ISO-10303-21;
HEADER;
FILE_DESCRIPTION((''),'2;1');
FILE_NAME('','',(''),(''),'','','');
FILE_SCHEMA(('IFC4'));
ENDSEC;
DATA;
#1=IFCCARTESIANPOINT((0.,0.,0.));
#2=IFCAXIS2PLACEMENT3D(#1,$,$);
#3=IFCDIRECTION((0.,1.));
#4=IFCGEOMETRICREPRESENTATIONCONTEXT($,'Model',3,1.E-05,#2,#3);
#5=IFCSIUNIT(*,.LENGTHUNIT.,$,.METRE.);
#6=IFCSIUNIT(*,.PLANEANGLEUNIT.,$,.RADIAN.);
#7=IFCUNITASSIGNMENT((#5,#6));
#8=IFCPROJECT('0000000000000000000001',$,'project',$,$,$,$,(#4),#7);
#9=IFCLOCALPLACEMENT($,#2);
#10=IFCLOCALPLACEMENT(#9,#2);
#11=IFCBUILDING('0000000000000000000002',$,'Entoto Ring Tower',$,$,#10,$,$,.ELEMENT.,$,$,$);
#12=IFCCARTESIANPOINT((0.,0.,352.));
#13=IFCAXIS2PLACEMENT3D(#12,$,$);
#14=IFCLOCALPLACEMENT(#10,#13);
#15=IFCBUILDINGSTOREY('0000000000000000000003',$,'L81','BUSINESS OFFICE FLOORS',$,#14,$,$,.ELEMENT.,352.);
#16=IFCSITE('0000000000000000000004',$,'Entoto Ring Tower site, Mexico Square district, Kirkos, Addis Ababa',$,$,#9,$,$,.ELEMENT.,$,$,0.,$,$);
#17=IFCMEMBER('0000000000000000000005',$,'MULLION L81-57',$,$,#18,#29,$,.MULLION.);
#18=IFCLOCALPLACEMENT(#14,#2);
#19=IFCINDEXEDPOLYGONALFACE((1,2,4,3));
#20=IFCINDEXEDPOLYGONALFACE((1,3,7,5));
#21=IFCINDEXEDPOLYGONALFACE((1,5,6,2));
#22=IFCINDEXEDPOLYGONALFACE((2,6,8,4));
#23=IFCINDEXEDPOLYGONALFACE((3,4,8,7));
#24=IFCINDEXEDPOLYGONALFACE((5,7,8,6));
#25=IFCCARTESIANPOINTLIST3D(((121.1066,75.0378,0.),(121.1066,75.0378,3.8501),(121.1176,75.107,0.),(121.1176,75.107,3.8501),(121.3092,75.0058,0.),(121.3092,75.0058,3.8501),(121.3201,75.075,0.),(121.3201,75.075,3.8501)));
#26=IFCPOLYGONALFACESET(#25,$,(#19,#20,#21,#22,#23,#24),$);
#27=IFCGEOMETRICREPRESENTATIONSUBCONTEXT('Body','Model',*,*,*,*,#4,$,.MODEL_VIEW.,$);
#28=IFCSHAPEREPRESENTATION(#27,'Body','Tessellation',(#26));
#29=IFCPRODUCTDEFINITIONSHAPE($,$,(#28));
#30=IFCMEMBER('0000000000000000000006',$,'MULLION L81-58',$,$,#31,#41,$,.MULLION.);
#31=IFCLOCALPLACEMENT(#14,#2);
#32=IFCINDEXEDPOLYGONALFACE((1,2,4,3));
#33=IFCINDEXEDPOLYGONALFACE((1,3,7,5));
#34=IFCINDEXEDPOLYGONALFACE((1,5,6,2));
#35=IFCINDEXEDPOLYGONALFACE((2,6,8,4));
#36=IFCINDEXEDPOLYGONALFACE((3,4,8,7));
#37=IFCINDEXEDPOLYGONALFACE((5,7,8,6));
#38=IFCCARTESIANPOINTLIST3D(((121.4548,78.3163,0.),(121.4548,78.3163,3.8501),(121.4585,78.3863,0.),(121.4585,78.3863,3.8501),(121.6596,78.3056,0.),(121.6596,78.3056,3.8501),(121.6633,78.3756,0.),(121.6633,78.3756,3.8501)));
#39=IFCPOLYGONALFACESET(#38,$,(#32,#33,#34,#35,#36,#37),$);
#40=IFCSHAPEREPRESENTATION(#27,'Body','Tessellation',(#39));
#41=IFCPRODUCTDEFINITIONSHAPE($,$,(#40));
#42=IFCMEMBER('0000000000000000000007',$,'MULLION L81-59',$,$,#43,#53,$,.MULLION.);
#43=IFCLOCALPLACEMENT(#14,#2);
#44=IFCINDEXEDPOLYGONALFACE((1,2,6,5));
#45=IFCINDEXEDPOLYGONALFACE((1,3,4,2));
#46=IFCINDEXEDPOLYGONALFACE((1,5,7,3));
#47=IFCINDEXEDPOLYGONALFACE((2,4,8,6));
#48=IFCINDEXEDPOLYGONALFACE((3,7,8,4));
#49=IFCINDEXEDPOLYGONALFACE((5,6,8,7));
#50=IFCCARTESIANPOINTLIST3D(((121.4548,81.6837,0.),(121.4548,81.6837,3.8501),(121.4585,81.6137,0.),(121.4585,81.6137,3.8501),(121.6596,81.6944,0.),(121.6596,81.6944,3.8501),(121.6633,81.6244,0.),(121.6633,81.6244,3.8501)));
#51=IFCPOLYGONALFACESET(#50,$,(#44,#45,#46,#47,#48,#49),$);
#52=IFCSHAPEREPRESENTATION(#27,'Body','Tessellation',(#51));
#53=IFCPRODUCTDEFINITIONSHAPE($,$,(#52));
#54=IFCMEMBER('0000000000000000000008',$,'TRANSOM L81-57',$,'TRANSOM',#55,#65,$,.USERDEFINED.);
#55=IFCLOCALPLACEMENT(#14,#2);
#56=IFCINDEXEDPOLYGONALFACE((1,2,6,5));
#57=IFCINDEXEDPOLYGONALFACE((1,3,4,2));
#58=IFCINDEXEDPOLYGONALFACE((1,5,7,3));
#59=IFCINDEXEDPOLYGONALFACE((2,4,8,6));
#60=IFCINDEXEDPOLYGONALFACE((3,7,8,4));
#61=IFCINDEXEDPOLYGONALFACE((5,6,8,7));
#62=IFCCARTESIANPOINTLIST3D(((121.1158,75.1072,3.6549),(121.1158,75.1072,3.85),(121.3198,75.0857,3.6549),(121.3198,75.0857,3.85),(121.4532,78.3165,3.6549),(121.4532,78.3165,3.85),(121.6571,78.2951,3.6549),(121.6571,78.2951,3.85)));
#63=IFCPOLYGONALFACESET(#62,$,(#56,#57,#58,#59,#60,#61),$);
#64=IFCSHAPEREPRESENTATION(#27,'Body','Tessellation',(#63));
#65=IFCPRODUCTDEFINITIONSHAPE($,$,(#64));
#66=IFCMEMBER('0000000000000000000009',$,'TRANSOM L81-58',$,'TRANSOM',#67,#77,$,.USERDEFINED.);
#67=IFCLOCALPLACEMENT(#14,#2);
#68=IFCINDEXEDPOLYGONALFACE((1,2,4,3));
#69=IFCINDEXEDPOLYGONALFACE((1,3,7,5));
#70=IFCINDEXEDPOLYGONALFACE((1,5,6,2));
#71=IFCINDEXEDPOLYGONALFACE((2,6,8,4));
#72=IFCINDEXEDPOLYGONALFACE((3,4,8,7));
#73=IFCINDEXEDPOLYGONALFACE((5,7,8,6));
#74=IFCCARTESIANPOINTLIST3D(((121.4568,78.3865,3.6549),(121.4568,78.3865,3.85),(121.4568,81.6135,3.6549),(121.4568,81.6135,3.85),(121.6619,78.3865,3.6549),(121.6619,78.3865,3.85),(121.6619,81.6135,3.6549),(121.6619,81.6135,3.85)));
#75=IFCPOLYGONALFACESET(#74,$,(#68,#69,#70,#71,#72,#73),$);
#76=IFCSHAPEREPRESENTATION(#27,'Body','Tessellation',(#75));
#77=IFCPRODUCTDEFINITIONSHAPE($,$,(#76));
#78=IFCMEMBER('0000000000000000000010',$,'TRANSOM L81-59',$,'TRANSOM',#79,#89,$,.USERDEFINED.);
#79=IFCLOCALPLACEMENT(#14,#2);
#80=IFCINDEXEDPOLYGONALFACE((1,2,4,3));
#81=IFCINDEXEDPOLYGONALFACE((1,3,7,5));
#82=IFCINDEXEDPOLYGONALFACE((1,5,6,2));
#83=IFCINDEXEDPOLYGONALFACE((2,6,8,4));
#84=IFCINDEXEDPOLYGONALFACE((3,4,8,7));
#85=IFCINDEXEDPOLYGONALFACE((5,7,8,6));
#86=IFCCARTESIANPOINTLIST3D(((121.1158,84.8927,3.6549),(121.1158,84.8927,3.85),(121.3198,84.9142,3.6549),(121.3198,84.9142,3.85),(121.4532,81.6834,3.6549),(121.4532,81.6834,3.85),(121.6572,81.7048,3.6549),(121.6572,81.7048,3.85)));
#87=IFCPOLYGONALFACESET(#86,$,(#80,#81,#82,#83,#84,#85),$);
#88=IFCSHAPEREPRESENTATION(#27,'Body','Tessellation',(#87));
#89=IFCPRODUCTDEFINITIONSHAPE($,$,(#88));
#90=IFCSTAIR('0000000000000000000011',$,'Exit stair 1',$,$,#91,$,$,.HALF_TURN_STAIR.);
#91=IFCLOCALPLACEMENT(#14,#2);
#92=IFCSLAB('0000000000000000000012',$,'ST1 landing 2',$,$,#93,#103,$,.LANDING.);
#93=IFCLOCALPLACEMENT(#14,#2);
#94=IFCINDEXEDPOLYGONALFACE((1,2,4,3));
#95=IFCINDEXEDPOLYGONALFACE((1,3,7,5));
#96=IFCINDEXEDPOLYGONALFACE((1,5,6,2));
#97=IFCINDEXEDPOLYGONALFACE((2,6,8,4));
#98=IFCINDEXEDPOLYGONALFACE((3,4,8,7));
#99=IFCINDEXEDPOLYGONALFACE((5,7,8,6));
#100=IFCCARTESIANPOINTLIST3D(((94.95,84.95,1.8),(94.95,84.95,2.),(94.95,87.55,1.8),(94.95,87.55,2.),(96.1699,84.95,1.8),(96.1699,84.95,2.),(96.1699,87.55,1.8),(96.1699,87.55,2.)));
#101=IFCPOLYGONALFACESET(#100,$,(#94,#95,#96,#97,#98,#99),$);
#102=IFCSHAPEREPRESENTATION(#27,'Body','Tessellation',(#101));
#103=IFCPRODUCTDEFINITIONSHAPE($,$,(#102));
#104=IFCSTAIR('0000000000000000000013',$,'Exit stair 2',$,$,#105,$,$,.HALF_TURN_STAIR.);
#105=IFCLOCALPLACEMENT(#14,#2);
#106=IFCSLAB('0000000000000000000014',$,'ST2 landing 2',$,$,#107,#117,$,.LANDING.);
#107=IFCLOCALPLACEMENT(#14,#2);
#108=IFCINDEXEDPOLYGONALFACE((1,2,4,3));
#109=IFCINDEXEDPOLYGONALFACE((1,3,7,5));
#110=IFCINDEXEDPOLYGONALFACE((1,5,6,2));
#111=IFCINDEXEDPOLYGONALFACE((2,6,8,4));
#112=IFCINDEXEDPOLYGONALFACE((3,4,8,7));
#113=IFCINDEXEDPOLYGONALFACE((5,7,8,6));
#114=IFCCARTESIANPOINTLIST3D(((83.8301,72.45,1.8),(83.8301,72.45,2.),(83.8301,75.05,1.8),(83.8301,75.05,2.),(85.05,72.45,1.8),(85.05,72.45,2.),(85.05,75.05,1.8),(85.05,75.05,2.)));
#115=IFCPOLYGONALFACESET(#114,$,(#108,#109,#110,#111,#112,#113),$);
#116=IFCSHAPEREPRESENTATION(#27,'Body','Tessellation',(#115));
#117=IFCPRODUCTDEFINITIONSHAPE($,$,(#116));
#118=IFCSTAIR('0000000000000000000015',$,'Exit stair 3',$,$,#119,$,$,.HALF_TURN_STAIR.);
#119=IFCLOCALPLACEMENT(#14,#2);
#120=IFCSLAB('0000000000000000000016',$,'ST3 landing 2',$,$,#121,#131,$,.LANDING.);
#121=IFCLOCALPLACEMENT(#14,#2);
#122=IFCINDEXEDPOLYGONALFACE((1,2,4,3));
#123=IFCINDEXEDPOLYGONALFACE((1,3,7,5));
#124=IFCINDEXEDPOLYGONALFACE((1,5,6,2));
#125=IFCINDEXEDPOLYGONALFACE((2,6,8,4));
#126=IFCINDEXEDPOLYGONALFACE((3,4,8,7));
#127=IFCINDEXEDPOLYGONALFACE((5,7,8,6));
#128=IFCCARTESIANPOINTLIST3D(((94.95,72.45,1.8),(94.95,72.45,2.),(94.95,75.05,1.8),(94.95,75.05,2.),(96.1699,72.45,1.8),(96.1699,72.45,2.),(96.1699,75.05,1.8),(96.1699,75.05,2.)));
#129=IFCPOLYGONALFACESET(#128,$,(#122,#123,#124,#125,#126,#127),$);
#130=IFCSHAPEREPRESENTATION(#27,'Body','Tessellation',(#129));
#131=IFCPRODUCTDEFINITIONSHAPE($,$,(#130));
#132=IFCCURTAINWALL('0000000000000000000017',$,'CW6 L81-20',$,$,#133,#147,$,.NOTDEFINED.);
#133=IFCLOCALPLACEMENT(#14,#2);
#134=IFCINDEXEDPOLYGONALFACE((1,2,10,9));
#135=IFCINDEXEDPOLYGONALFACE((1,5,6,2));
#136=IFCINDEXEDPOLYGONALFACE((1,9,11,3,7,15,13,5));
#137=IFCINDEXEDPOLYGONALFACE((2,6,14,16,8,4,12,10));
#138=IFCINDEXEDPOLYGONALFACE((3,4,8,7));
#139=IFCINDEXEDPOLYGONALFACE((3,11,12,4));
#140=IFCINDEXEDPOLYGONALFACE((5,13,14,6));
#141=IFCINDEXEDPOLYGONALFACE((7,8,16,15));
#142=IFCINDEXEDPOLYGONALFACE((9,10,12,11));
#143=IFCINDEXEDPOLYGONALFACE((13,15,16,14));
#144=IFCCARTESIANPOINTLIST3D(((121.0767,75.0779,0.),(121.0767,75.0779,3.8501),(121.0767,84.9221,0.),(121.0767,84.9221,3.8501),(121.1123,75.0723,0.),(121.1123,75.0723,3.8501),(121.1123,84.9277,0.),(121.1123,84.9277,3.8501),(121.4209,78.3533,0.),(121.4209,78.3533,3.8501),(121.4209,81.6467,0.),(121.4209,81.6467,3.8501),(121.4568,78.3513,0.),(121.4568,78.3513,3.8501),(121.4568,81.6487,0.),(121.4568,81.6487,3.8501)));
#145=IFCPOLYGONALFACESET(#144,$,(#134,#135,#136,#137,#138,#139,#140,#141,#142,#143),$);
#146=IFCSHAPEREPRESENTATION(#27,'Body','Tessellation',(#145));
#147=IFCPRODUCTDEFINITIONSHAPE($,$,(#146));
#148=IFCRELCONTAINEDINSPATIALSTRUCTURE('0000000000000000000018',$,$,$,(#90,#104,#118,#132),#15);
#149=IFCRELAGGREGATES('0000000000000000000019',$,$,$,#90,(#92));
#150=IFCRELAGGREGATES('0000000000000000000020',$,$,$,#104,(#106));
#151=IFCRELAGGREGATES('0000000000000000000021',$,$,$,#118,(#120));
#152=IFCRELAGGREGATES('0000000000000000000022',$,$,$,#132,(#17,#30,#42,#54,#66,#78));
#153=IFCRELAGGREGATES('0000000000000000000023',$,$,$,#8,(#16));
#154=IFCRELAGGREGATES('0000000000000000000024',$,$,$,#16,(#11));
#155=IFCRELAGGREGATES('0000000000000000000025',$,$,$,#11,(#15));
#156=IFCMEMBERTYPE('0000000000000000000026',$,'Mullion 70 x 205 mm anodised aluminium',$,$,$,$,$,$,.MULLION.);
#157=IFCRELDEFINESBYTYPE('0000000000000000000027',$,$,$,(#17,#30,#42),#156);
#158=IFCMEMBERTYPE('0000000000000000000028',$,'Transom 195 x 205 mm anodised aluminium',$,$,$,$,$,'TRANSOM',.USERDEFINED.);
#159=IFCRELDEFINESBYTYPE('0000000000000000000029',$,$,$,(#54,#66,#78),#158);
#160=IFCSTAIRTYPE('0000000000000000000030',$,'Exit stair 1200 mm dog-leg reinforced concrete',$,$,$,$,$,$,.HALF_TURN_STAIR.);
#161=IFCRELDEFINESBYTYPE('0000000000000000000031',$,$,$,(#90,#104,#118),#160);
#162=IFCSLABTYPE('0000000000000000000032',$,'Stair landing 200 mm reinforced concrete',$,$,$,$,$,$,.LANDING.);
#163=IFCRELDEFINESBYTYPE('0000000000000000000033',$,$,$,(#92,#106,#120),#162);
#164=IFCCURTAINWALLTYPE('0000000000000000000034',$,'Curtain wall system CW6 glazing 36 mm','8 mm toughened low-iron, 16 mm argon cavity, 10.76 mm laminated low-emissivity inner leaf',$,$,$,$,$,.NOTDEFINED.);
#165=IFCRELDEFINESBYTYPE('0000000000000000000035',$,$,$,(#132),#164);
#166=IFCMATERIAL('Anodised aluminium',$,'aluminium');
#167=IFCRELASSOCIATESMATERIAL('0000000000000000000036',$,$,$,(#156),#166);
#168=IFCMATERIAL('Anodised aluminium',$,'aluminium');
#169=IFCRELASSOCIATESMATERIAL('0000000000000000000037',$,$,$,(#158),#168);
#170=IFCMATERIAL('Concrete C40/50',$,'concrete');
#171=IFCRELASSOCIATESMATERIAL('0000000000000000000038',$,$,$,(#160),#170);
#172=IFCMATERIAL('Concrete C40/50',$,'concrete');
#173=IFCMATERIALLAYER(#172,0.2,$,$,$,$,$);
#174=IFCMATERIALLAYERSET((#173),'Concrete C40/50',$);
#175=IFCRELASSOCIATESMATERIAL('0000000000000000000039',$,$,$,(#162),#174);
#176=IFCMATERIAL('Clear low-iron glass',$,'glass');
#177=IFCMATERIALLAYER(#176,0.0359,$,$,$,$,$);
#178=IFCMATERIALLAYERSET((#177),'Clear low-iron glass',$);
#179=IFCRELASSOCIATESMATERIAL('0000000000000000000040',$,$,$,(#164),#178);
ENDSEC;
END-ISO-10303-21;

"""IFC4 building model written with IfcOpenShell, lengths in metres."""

from ifc_helpers import new_model, si_unit, direction, frame, origin, origin_2d, place, context, subcontext, project, spatial, polyline, rectangle, outline, extrude, material, layer, layer_set, material_profile, profile_set, type_object, element, aggregate, save


model = new_model("IFC4")

# Units and contexts
model_context = context("Model", 3, precision=1e-05, world=origin(), true_north=direction((0.0, 1.0)))
body_context = subcontext(model_context, "Body", "Model", "MODEL_VIEW")
ifc_project = project(units=[si_unit("LENGTHUNIT", "METRE"), si_unit("PLANEANGLEUNIT", "RADIAN")], contexts=[model_context])

# Members
ifc_material_1 = material(Name="Anodised aluminium", Category="aluminium")
ifc_material_profile_1 = material_profile(ifc_material_1, rectangle(XDim=0.0701, YDim=0.2051, at=origin_2d()), Name="Mullion 70 x 205 mm anodised aluminium")
ifc_profile_set_1 = profile_set([ifc_material_profile_1], Name="Anodised aluminium")
member_type_1 = type_object("IfcMemberType", Name="Mullion 70 x 205 mm anodised aluminium", PredefinedType="MULLION", material=ifc_profile_set_1)
site_placement = place(None, origin())
building_placement = place(site_placement, origin())
storey_placement = place(building_placement, frame((0.0, 0.0, 352.0)))
member_1_placement = place(storey_placement, frame((121.2134, 75.0564, 0.0), z_axis=(0.0, 0.0, 1.0), x_axis=(0.156434, 0.987688, 0.0)))
member_1 = element("IfcMember", 1, at=member_1_placement, type_object=member_type_1, Name="MULLION L81-57", PredefinedType="MULLION", context=body_context, shape_type="SweptSolid", body=[
    extrude(rectangle(XDim=0.0701, YDim=0.2051, at=origin_2d()), origin(), (0.0, 0.0, 1.0), 3.8501),
])
member_2_placement = place(storey_placement, frame((121.5591, 78.3459, 0.0), z_axis=(0.0, 0.0, 1.0), x_axis=(0.052336, 0.99863, 0.0)))
member_2 = element("IfcMember", 2, at=member_2_placement, type_object=member_type_1, Name="MULLION L81-58", PredefinedType="MULLION", context=body_context, shape_type="SweptSolid", body=[
    extrude(rectangle(XDim=0.0701, YDim=0.2051, at=origin_2d()), origin(), (0.0, 0.0, 1.0), 3.8501),
])
member_3_placement = place(storey_placement, frame((121.5591, 81.6541, 0.0), z_axis=(0.0, 0.0, 1.0), x_axis=(-0.052336, 0.99863, 0.0)))
member_3 = element("IfcMember", 3, at=member_3_placement, type_object=member_type_1, Name="MULLION L81-59", PredefinedType="MULLION", context=body_context, shape_type="SweptSolid", body=[
    extrude(rectangle(XDim=0.0701, YDim=0.2051, at=origin_2d()), origin(), (0.0, 0.0, 1.0), 3.8501),
])
ifc_material_2 = material(Name="Anodised aluminium", Category="aluminium")
ifc_material_profile_2 = material_profile(ifc_material_2, rectangle(XDim=0.2051, YDim=0.1951, at=origin_2d()), Name="Transom 195 x 205 mm anodised aluminium")
ifc_profile_set_2 = profile_set([ifc_material_profile_2], Name="Anodised aluminium")
member_type_2 = type_object("IfcMemberType", Name="Transom 195 x 205 mm anodised aluminium", ElementType="TRANSOM", PredefinedType="USERDEFINED", material=ifc_profile_set_2)
member_4_placement = place(storey_placement, frame((121.2178, 75.0964, 3.7524), z_axis=(0.104551, 0.99452, 0.0), x_axis=(-0.99452, 0.104551, 0.0)))
member_4 = element("IfcMember", 4, at=member_4_placement, type_object=member_type_2, Name="TRANSOM L81-57", ObjectType="TRANSOM", PredefinedType="USERDEFINED", context=body_context, shape_type="SweptSolid", body=[
    extrude(rectangle(XDim=0.2051, YDim=0.1951, at=origin_2d()), origin(), (0.0, 0.0, 1.0), 3.2271),
])
member_5_placement = place(storey_placement, frame((121.5593, 78.3865, 3.7524), z_axis=(0.0, 1.0, 0.0), x_axis=(-1.0, 0.0, 0.0)))
member_5 = element("IfcMember", 5, at=member_5_placement, type_object=member_type_2, Name="TRANSOM L81-58", ObjectType="TRANSOM", PredefinedType="USERDEFINED", context=body_context, shape_type="SweptSolid", body=[
    extrude(rectangle(XDim=0.2051, YDim=0.1951, at=origin_2d()), origin(), (0.0, 0.0, 1.0), 3.2271),
])
member_6_placement = place(storey_placement, frame((121.5552, 81.6941, 3.7524), z_axis=(-0.104551, 0.99452, 0.0), x_axis=(-0.99452, -0.104551, 0.0)))
member_6 = element("IfcMember", 6, at=member_6_placement, type_object=member_type_2, Name="TRANSOM L81-59", ObjectType="TRANSOM", PredefinedType="USERDEFINED", context=body_context, shape_type="SweptSolid", body=[
    extrude(rectangle(XDim=0.2051, YDim=0.1951, at=origin_2d()), origin(), (0.0, 0.0, 1.0), 3.2271),
])

# Site, building, storey
site = spatial("IfcSite", under=ifc_project, at=site_placement, Name="Entoto Ring Tower site, Mexico Square district, Kirkos, Addis Ababa", CompositionType="ELEMENT", RefElevation=0.0)
building = spatial("IfcBuilding", under=site, at=building_placement, Name="Entoto Ring Tower", CompositionType="ELEMENT")
storey = spatial("IfcBuildingStorey", under=building, at=storey_placement, Name="L81", Description="BUSINESS OFFICE FLOORS", CompositionType="ELEMENT", Elevation=352.0)

# Stairs, slabs
ifc_material_3 = material(Name="Concrete C40/50", Category="concrete")
stair_type = type_object("IfcStairType", Name="Exit stair 1200 mm dog-leg reinforced concrete", PredefinedType="HALF_TURN_STAIR", material=ifc_material_3)
stair_1_placement = place(storey_placement, origin())
stair_1 = element("IfcStair", 7, at=stair_1_placement, inside=storey, type_object=stair_type, Name="Exit stair 1", PredefinedType="HALF_TURN_STAIR")
ifc_material_4 = material(Name="Concrete C40/50", Category="concrete")
ifc_layer_1 = layer(ifc_material_4, 0.2)
ifc_layer_set_1 = layer_set([ifc_layer_1], Name="Concrete C40/50")
slab_type = type_object("IfcSlabType", Name="Stair landing 200 mm reinforced concrete", PredefinedType="LANDING", material=ifc_layer_set_1)
slab_1_placement = place(storey_placement, frame((0.0, 0.0, 1.8)))
slab_1 = element("IfcSlab", 8, at=slab_1_placement, type_object=slab_type, Name="ST1 landing 2", PredefinedType="LANDING", context=body_context, shape_type="SweptSolid", body=[
    extrude(outline(polyline([(94.95, 84.95), (96.1699, 84.95), (96.1699, 87.55), (94.95, 87.55), (94.95, 84.95)])), origin(), (0.0, 0.0, 1.0), 0.2),
])
aggregate(stair_1, [slab_1])
stair_2_placement = place(storey_placement, origin())
stair_2 = element("IfcStair", 9, at=stair_2_placement, inside=storey, type_object=stair_type, Name="Exit stair 2", PredefinedType="HALF_TURN_STAIR")
slab_2_placement = place(storey_placement, frame((0.0, 0.0, 1.8)))
slab_2 = element("IfcSlab", 10, at=slab_2_placement, type_object=slab_type, Name="ST2 landing 2", PredefinedType="LANDING", context=body_context, shape_type="SweptSolid", body=[
    extrude(outline(polyline([(83.8301, 72.45), (85.05, 72.45), (85.05, 75.05), (83.8301, 75.05), (83.8301, 72.45)])), origin(), (0.0, 0.0, 1.0), 0.2),
])
aggregate(stair_2, [slab_2])
stair_3_placement = place(storey_placement, origin())
stair_3 = element("IfcStair", 11, at=stair_3_placement, inside=storey, type_object=stair_type, Name="Exit stair 3", PredefinedType="HALF_TURN_STAIR")
slab_3_placement = place(storey_placement, frame((0.0, 0.0, 1.8)))
slab_3 = element("IfcSlab", 12, at=slab_3_placement, type_object=slab_type, Name="ST3 landing 2", PredefinedType="LANDING", context=body_context, shape_type="SweptSolid", body=[
    extrude(outline(polyline([(94.95, 72.45), (96.1699, 72.45), (96.1699, 75.05), (94.95, 75.05), (94.95, 72.45)])), origin(), (0.0, 0.0, 1.0), 0.2),
])
aggregate(stair_3, [slab_3])

# Curtain wall
ifc_material_5 = material(Name="Clear low-iron glass", Category="glass")
ifc_layer_2 = layer(ifc_material_5, 0.0359)
ifc_layer_set_2 = layer_set([ifc_layer_2], Name="Clear low-iron glass")
curtain_wall_type = type_object("IfcCurtainWallType", Name="Curtain wall system CW6 glazing 36 mm", Description="8 mm toughened low-iron, 16 mm argon cavity, 10.76 mm laminated low-emissivity inner leaf", PredefinedType="NOTDEFINED", material=ifc_layer_set_2)
curtain_wall_1_placement = place(storey_placement, origin())
curtain_wall_1 = element("IfcCurtainWall", 13, at=curtain_wall_1_placement, inside=storey, type_object=curtain_wall_type, Name="CW6 L81-20", PredefinedType="NOTDEFINED", context=body_context, shape_type="SweptSolid", body=[
    extrude(outline(polyline([(121.1123, 75.0723), (121.4568, 78.3513), (121.4568, 81.6487), (121.1123, 84.9277), (121.0767, 84.9221), (121.4209, 81.6467), (121.4209, 78.3533), (121.0767, 75.0779), (121.1123, 75.0723)])), origin(), (0.0, 0.0, 1.0), 3.8501),
])
aggregate(curtain_wall_1, [member_1, member_2, member_3, member_4, member_5, member_6])

save(model, "model.ifc")
